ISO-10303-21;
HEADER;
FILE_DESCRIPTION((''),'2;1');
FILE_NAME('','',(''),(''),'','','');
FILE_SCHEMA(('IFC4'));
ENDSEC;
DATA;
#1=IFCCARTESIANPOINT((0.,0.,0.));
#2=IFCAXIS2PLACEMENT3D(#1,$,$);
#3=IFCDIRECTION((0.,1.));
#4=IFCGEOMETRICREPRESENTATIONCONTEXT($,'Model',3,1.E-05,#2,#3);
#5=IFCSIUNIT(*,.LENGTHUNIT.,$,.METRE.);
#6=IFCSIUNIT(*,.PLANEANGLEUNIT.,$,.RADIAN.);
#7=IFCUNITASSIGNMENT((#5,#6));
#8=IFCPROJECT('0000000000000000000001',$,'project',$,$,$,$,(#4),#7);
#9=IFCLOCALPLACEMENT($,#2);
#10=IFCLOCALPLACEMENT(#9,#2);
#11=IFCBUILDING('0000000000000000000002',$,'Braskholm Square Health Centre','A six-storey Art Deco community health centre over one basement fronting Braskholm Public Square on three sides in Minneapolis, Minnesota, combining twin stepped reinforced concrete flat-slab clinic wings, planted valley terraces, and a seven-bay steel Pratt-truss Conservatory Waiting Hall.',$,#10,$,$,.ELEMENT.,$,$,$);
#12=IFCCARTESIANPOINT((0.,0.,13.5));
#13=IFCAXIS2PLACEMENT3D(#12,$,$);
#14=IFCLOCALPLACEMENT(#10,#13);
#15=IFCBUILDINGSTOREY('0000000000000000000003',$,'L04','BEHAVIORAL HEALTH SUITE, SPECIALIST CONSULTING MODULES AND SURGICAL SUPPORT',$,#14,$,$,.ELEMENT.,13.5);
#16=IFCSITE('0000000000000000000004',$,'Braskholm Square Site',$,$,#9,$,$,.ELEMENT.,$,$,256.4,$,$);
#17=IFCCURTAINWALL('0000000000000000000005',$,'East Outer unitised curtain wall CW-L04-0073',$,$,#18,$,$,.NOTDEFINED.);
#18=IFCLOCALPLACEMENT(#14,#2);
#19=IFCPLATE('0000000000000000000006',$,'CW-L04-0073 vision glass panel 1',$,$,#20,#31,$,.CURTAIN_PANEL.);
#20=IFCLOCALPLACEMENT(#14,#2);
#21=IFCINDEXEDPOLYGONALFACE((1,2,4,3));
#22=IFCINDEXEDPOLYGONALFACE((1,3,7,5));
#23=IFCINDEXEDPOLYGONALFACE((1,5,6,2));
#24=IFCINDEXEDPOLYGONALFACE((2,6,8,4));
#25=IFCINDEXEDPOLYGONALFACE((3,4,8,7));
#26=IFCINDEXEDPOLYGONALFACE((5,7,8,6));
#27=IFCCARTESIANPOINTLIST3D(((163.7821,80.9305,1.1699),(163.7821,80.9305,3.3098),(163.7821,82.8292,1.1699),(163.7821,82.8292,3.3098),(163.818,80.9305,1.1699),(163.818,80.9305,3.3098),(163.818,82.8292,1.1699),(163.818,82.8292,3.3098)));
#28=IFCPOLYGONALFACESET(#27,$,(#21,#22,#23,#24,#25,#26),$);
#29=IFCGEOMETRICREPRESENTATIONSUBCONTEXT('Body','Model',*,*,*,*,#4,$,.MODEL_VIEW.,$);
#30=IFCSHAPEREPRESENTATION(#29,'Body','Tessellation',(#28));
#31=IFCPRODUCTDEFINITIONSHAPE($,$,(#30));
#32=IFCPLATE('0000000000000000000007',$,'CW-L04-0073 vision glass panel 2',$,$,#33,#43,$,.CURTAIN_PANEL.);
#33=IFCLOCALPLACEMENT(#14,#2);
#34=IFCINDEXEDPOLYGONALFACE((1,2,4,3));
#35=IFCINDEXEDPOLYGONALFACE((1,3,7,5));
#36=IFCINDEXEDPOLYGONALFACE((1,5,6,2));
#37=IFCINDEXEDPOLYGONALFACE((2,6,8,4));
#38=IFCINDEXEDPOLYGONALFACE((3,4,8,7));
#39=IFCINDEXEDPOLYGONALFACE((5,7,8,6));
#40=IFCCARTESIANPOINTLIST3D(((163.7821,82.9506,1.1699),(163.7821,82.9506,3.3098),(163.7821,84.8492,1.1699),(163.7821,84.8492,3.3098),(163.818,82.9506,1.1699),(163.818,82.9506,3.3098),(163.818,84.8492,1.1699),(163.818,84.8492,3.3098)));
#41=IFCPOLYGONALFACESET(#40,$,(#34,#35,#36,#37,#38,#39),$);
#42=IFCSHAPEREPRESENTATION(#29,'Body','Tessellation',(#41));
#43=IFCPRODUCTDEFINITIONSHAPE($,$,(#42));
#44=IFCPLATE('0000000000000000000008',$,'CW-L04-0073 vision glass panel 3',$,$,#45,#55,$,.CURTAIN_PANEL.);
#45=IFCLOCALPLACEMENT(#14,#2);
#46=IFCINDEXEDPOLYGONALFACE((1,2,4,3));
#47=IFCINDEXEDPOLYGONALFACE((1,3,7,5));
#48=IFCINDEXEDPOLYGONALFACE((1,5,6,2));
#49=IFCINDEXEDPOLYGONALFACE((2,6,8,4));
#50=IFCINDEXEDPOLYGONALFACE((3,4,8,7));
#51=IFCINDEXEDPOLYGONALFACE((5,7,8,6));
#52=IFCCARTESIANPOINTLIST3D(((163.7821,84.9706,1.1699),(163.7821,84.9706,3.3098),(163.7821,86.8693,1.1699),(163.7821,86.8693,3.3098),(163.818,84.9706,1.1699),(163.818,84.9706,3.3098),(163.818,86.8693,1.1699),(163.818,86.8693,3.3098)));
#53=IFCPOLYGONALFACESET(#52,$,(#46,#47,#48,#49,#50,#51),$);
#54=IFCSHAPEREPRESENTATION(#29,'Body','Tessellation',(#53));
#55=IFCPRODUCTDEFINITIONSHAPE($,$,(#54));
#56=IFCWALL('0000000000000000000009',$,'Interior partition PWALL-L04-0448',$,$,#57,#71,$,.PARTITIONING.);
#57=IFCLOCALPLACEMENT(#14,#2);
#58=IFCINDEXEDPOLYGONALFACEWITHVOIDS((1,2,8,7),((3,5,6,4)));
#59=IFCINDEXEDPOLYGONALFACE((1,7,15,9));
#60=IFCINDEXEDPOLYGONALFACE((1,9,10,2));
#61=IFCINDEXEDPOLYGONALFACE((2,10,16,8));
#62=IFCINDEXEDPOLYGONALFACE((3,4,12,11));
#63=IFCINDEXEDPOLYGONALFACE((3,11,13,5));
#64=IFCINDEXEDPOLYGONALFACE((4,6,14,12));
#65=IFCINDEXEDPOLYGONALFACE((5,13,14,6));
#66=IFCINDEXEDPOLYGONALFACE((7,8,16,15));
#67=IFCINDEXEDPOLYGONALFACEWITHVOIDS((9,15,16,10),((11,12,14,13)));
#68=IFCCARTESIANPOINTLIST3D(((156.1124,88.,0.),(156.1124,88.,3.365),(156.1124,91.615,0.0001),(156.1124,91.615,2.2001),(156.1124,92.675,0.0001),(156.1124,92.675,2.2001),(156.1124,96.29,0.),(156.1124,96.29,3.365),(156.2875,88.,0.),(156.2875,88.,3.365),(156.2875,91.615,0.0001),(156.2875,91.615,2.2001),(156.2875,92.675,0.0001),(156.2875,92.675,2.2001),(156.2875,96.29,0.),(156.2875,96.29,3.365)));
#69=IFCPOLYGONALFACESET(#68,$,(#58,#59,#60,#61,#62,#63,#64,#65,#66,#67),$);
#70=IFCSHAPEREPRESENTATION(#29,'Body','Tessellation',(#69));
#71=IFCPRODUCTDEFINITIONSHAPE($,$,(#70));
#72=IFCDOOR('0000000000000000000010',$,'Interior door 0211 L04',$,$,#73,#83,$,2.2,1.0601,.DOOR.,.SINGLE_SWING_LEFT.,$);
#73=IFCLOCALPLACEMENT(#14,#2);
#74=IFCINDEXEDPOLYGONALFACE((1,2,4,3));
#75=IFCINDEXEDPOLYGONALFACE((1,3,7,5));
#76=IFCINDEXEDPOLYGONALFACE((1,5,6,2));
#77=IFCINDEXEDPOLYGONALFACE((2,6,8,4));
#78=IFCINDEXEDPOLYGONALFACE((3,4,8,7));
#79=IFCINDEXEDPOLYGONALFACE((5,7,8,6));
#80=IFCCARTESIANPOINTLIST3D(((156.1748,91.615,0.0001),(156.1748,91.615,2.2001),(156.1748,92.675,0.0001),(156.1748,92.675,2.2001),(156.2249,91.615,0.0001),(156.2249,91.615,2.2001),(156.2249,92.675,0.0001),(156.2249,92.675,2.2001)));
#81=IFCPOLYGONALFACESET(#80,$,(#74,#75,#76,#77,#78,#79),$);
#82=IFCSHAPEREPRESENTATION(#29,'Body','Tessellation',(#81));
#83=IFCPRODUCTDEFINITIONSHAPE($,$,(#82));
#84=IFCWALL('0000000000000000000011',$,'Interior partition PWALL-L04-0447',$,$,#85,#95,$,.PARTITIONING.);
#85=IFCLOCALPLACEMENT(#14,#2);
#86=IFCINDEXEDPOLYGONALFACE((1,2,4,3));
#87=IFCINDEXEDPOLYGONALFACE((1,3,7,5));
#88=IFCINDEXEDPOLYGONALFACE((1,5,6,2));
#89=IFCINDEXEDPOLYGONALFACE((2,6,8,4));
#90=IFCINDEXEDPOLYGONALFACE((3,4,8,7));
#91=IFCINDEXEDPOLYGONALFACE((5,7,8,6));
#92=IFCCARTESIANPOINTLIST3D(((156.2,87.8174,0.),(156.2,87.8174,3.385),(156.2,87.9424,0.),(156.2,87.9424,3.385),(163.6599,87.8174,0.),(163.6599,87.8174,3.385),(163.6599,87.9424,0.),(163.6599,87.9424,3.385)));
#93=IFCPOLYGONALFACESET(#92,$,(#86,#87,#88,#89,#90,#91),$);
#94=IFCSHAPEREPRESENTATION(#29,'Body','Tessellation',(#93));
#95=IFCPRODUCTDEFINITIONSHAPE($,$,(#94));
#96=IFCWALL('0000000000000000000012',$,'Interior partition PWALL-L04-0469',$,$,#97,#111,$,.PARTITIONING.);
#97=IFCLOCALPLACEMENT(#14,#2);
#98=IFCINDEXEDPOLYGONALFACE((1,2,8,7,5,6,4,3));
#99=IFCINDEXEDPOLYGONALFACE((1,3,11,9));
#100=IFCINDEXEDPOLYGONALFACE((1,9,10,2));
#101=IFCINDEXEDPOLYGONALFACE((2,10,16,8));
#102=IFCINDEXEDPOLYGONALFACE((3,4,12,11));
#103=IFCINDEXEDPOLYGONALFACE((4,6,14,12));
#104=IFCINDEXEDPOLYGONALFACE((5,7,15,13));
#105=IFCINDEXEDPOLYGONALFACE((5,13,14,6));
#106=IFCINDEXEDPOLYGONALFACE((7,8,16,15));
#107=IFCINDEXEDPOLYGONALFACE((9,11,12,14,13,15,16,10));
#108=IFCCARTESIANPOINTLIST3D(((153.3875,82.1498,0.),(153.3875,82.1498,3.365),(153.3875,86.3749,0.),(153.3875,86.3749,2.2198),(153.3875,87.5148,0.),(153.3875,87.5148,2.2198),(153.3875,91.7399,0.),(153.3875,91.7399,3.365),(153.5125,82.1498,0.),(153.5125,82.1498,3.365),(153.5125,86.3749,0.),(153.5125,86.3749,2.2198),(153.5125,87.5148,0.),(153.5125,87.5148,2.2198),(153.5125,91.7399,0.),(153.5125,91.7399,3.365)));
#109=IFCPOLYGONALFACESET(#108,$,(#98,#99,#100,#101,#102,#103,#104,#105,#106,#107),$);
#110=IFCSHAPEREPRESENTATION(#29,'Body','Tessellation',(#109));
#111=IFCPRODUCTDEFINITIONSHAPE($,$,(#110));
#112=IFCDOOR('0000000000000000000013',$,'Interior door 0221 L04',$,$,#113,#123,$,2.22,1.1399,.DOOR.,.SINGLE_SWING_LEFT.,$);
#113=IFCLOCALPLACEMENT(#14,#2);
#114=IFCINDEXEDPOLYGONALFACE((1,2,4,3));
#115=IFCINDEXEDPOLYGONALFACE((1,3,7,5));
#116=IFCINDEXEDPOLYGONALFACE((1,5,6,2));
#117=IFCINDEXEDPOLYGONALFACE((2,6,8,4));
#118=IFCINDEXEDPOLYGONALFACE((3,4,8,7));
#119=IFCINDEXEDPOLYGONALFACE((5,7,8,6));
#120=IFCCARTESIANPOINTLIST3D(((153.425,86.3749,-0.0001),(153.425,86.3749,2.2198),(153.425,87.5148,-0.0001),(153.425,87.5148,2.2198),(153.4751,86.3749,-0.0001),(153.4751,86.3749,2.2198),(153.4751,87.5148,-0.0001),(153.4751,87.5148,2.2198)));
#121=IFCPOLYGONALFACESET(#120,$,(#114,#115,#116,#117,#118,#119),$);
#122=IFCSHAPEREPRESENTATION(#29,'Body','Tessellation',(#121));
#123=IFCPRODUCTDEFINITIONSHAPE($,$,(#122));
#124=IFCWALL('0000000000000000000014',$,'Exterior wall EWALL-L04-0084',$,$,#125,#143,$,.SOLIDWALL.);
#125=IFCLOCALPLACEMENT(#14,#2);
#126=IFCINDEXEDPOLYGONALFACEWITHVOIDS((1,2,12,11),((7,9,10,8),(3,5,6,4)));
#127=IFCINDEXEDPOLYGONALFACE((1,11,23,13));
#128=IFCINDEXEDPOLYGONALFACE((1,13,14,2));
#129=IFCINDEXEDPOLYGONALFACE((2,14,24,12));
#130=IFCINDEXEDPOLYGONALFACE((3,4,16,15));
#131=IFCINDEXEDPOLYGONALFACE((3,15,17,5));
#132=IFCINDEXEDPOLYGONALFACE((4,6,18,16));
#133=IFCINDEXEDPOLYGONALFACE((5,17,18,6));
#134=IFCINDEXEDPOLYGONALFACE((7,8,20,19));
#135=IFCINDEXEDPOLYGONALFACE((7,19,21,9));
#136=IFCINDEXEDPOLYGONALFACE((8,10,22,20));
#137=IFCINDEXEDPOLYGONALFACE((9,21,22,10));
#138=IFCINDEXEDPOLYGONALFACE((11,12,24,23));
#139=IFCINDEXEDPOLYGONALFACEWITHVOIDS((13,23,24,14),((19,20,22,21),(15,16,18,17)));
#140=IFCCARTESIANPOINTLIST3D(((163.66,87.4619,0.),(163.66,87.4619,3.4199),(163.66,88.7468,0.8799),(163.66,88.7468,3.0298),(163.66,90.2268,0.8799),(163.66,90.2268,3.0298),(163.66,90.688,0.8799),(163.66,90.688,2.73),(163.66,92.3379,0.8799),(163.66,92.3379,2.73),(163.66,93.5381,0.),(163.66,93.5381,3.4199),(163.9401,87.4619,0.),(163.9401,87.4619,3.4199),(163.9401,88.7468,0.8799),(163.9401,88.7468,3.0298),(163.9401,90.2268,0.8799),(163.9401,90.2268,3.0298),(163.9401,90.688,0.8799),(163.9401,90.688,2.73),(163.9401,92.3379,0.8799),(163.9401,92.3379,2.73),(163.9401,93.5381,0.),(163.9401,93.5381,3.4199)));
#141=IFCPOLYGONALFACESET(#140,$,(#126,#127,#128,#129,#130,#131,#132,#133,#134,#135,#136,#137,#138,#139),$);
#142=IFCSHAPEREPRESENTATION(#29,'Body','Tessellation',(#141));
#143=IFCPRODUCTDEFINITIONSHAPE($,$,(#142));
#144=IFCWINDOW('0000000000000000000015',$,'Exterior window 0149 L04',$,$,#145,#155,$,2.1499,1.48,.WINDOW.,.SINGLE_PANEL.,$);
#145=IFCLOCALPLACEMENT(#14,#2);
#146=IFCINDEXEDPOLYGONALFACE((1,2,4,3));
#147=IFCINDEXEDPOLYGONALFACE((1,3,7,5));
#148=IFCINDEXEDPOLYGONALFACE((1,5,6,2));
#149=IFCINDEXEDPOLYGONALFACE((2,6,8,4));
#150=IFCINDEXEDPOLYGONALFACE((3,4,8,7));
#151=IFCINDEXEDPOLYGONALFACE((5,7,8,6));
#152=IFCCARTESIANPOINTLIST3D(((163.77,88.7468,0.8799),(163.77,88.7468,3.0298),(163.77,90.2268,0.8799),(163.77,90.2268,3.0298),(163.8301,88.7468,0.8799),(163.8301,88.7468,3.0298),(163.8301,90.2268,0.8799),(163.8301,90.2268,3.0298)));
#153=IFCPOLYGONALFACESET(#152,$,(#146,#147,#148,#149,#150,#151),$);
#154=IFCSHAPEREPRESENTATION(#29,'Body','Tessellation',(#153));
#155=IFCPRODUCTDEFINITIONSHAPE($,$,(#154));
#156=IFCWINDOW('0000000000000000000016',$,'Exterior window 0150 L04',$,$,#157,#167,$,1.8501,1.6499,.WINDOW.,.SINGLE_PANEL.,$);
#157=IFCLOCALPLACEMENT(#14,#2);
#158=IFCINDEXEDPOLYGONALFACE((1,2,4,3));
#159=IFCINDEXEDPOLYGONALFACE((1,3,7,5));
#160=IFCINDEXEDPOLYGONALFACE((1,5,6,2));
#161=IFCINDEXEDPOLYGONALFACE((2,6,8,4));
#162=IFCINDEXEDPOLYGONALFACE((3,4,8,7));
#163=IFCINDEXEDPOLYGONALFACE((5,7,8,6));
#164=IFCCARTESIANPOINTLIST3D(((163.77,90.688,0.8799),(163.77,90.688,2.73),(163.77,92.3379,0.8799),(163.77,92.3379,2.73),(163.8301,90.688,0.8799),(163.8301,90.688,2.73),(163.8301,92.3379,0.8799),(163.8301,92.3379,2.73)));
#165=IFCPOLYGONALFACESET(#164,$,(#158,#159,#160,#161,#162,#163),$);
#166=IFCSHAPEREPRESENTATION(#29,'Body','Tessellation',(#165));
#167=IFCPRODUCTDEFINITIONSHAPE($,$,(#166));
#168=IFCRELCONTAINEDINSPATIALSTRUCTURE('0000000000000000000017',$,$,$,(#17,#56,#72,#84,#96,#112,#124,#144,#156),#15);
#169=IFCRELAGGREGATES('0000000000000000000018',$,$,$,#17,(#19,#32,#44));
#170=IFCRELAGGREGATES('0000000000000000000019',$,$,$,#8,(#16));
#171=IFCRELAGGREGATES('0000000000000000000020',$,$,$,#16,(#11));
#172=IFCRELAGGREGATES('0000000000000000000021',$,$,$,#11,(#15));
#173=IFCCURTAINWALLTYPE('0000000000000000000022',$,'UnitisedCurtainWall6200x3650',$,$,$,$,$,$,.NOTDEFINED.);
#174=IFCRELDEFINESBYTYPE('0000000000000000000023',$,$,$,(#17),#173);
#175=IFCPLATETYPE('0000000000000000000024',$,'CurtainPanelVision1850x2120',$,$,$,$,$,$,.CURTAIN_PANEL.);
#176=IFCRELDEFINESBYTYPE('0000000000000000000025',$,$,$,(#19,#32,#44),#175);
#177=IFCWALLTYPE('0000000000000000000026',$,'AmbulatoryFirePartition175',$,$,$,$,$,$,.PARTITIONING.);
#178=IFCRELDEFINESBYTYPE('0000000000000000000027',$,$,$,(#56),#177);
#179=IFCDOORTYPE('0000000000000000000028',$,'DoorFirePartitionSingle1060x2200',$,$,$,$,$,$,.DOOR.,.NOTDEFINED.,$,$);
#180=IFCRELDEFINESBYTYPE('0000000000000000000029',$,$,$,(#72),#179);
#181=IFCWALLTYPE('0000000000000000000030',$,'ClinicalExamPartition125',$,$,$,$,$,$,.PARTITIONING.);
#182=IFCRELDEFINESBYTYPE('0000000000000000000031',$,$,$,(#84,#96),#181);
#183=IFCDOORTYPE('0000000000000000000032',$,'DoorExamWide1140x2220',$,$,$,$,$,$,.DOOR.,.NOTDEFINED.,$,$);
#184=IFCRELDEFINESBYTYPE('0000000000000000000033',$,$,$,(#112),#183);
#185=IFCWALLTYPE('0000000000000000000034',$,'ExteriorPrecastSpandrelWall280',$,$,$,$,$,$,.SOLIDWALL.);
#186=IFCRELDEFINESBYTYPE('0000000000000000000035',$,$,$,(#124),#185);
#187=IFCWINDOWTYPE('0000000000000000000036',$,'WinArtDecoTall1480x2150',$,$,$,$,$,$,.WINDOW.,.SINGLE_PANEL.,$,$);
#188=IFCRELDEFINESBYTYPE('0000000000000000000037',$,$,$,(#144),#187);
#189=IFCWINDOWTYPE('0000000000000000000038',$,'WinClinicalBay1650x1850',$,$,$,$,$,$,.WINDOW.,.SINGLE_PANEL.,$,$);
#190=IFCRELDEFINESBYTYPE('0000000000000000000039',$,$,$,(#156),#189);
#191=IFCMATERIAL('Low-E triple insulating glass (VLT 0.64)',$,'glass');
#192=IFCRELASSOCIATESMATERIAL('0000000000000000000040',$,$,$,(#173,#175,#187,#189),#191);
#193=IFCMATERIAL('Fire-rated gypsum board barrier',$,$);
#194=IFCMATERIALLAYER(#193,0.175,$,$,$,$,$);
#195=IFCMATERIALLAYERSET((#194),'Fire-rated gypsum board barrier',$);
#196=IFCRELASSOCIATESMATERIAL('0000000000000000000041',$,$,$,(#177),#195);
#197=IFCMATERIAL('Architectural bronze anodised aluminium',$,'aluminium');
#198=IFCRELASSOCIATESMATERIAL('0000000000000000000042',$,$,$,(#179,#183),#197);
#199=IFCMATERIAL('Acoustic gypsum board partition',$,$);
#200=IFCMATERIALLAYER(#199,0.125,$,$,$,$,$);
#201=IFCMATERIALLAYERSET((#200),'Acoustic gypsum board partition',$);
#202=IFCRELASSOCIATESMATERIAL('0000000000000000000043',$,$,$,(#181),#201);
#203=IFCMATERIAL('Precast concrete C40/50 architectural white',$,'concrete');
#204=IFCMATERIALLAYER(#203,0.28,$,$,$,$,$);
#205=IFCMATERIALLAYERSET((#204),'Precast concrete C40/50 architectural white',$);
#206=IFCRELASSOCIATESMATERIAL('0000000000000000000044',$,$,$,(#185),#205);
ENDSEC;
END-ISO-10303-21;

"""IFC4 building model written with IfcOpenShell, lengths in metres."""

from ifc_helpers import new_model, si_unit, direction, frame, frame_2d, origin, origin_with_axes, origin_2d, place, context, subcontext, project, spatial, rectangle, extrude, material, layer, layer_set, type_object, element, fill, aggregate, save


model = new_model("IFC4")

# Units and contexts
model_context = context("Model", 3, precision=1e-05, world=origin(), true_north=direction((0.0, 1.0)))
body_context = subcontext(model_context, "Body", "Model", "MODEL_VIEW")
ifc_project = project(units=[si_unit("LENGTHUNIT", "METRE"), si_unit("PLANEANGLEUNIT", "RADIAN")], contexts=[model_context])

# Site, building, storey
site_placement = place(None, origin())
site = spatial("IfcSite", under=ifc_project, at=site_placement, Name="Braskholm Square Site", CompositionType="ELEMENT", RefElevation=256.4)
building_placement = place(site_placement, origin())
building = spatial("IfcBuilding", under=site, at=building_placement, Name="Braskholm Square Health Centre", Description="A six-storey Art Deco community health centre over one basement fronting Braskholm Public Square on three sides in Minneapolis, Minnesota, combining twin stepped reinforced concrete flat-slab clinic wings, planted valley terraces, and a seven-bay steel Pratt-truss Conservatory Waiting Hall.", CompositionType="ELEMENT")
storey_placement = place(building_placement, frame((0.0, 0.0, 13.5)))
storey = spatial("IfcBuildingStorey", under=building, at=storey_placement, Name="L04", Description="BEHAVIORAL HEALTH SUITE, SPECIALIST CONSULTING MODULES AND SURGICAL SUPPORT", CompositionType="ELEMENT", Elevation=13.5)

# Shared definitions
ifc_material_1 = material(Name="Precast concrete C40/50 architectural white", Category="concrete")

# Curtain wall
ifc_material_2 = material(Name="Low-E triple insulating glass (VLT 0.64)", Category="glass")
curtain_wall_type = type_object("IfcCurtainWallType", Name="UnitisedCurtainWall6200x3650", PredefinedType="NOTDEFINED", material=ifc_material_2)
curtain_wall_placement = place(storey_placement, origin())
curtain_wall = element("IfcCurtainWall", 1, at=curtain_wall_placement, inside=storey, type_object=curtain_wall_type, Name="East Outer unitised curtain wall CW-L04-0073", PredefinedType="NOTDEFINED")
ifc_material_3 = material(Name="Architectural bronze anodised aluminium", Category="aluminium")

# Plates
plate_type_1 = type_object("IfcPlateType", Name="CurtainPanelVision1850x2120", PredefinedType="CURTAIN_PANEL", material=ifc_material_2)
plate_1_placement = place(storey_placement, frame((163.8, 81.8799, 1.1699), z_axis=(0.0, 0.0, 1.0), x_axis=(0.0, 1.0, 0.0)))
plate_1 = element("IfcPlate", 2, at=plate_1_placement, type_object=plate_type_1, Name="CW-L04-0073 vision glass panel 1", PredefinedType="CURTAIN_PANEL", context=body_context, shape_type="SweptSolid", body=[
    extrude(rectangle(XDim=1.8987, YDim=0.0359, at=origin_2d()), origin(), (0.0, 0.0, 1.0), 2.1399),
])
plate_2_placement = place(storey_placement, frame((163.8, 83.8999, 1.1699), z_axis=(0.0, 0.0, 1.0), x_axis=(0.0, 1.0, 0.0)))
plate_2 = element("IfcPlate", 3, at=plate_2_placement, type_object=plate_type_1, Name="CW-L04-0073 vision glass panel 2", PredefinedType="CURTAIN_PANEL", context=body_context, shape_type="SweptSolid", body=[
    extrude(rectangle(XDim=1.8987, YDim=0.0359, at=origin_2d()), origin(), (0.0, 0.0, 1.0), 2.1399),
])
plate_3_placement = place(storey_placement, frame((163.8, 85.9199, 1.1699), z_axis=(0.0, 0.0, 1.0), x_axis=(0.0, 1.0, 0.0)))
plate_3 = element("IfcPlate", 4, at=plate_3_placement, type_object=plate_type_1, Name="CW-L04-0073 vision glass panel 3", PredefinedType="CURTAIN_PANEL", context=body_context, shape_type="SweptSolid", body=[
    extrude(rectangle(XDim=1.8987, YDim=0.0359, at=origin_2d()), origin(), (0.0, 0.0, 1.0), 2.1399),
])
aggregate(curtain_wall, [plate_1, plate_2, plate_3])

# Wall, opening, door
ifc_material_4 = material(Name="Fire-rated gypsum board barrier")
ifc_layer_1 = layer(ifc_material_4, 0.175)
ifc_layer_set_1 = layer_set([ifc_layer_1], Name="Fire-rated gypsum board barrier")
wall_type_1 = type_object("IfcWallType", Name="AmbulatoryFirePartition175", PredefinedType="PARTITIONING", material=ifc_layer_set_1)
wall_1_placement = place(storey_placement, frame((156.2, 88.0, 0.0), z_axis=(0.0, 0.0, 1.0), x_axis=(0.0, 1.0, 0.0)))
wall_1 = element("IfcWall", 5, at=wall_1_placement, inside=storey, type_object=wall_type_1, Name="Interior partition PWALL-L04-0448", PredefinedType="PARTITIONING", context=body_context, shape_type="SweptSolid", body=[
    extrude(rectangle(XDim=8.29, YDim=0.175, at=frame_2d((4.145, 0.0))), origin(), (0.0, 0.0, 1.0), 3.365),
])
opening_1_placement = place(wall_1_placement, frame((3.615, 0.0, 0.0)))
opening_1 = element("IfcOpeningElement", 6, at=opening_1_placement, cuts=wall_1, PredefinedType="OPENING", context=body_context, shape_type="SweptSolid", body=[
    extrude(rectangle(XDim=1.0601, YDim=2.2, at=frame_2d((0.53, 1.1001))), frame((0.0, 0.0977, 0.0), z_axis=(0.0, -1.0, 0.0), x_axis=(1.0, 0.0, 0.0)), (0.0, 0.0, 1.0), 0.1951),
])
door_type_1 = type_object("IfcDoorType", Name="DoorFirePartitionSingle1060x2200", OperationType="NOTDEFINED", PredefinedType="DOOR", material=ifc_material_3)
door_1_placement = place(opening_1_placement, frame((1.0601, 0.0, 0.0), z_axis=(0.0, 0.0, 1.0), x_axis=(-1.0, 0.0, 0.0)))
door_1 = element("IfcDoor", 7, at=door_1_placement, inside=storey, type_object=door_type_1, Name="Interior door 0211 L04", OperationType="SINGLE_SWING_LEFT", OverallHeight=2.2, OverallWidth=1.0601, PredefinedType="DOOR", context=body_context, shape_type="SweptSolid", body=[
    extrude(rectangle(XDim=1.0601, YDim=2.2, at=frame_2d((0.53, 1.1001))), frame((0.0, 0.0249, 0.0), z_axis=(0.0, -1.0, 0.0), x_axis=(1.0, 0.0, 0.0)), (0.0, 0.0, 1.0), 0.05),
])
fill(opening_1, door_1)

# Wall
ifc_material_5 = material(Name="Acoustic gypsum board partition")
ifc_layer_2 = layer(ifc_material_5, 0.125)
ifc_layer_set_2 = layer_set([ifc_layer_2], Name="Acoustic gypsum board partition")
wall_type_2 = type_object("IfcWallType", Name="ClinicalExamPartition125", PredefinedType="PARTITIONING", material=ifc_layer_set_2)
wall_2_placement = place(storey_placement, frame((156.2, 87.8799, 0.0), z_axis=(0.0, 0.0, 1.0), x_axis=(1.0, 0.0, 0.0)))
element("IfcWall", 8, at=wall_2_placement, inside=storey, type_object=wall_type_2, Name="Interior partition PWALL-L04-0447", PredefinedType="PARTITIONING", context=body_context, shape_type="SweptSolid", body=[
    extrude(rectangle(XDim=7.46, YDim=0.125, at=frame_2d((3.73, 0.0))), origin(), (0.0, 0.0, 1.0), 3.385),
])

# Wall, opening, door
wall_3_placement = place(storey_placement, frame((153.45, 82.1499, 0.0), z_axis=(0.0, 0.0, 1.0), x_axis=(0.0, 1.0, 0.0)))
wall_3 = element("IfcWall", 9, at=wall_3_placement, inside=storey, type_object=wall_type_2, Name="Interior partition PWALL-L04-0469", PredefinedType="PARTITIONING", context=body_context, shape_type="SweptSolid", body=[
    extrude(rectangle(XDim=9.5901, YDim=0.125, at=frame_2d((4.7949, 0.0))), origin(), (0.0, 0.0, 1.0), 3.365),
])
opening_2_placement = place(wall_3_placement, frame((4.2251, 0.0, 0.0)))
opening_2 = element("IfcOpeningElement", 10, at=opening_2_placement, cuts=wall_3, PredefinedType="OPENING", context=body_context, shape_type="SweptSolid", body=[
    extrude(rectangle(XDim=1.1399, YDim=2.22, at=frame_2d((0.5698, 1.1099))), frame((0.0, 0.0725, 0.0), z_axis=(0.0, -1.0, 0.0), x_axis=(1.0, 0.0, 0.0)), (0.0, 0.0, 1.0), 0.145),
])
door_type_2 = type_object("IfcDoorType", Name="DoorExamWide1140x2220", OperationType="NOTDEFINED", PredefinedType="DOOR", material=ifc_material_3)
door_2_placement = place(opening_2_placement, origin_with_axes())
door_2 = element("IfcDoor", 11, at=door_2_placement, inside=storey, type_object=door_type_2, Name="Interior door 0221 L04", OperationType="SINGLE_SWING_LEFT", OverallHeight=2.22, OverallWidth=1.1399, PredefinedType="DOOR", context=body_context, shape_type="SweptSolid", body=[
    extrude(rectangle(XDim=1.1399, YDim=2.22, at=frame_2d((0.5698, 1.1099))), frame((0.0, 0.0249, 0.0), z_axis=(0.0, -1.0, 0.0), x_axis=(1.0, 0.0, 0.0)), (0.0, 0.0, 1.0), 0.05),
])
fill(opening_2, door_2)

# Wall, openings, windows
ifc_layer_3 = layer(ifc_material_1, 0.28)
ifc_layer_set_3 = layer_set([ifc_layer_3], Name="Precast concrete C40/50 architectural white")
wall_type_3 = type_object("IfcWallType", Name="ExteriorPrecastSpandrelWall280", PredefinedType="SOLIDWALL", material=ifc_layer_set_3)
wall_4_placement = place(storey_placement, frame((163.8, 87.4619, 0.0), z_axis=(0.0, 0.0, 1.0), x_axis=(0.0, 1.0, 0.0)))
wall_4 = element("IfcWall", 12, at=wall_4_placement, inside=storey, type_object=wall_type_3, Name="Exterior wall EWALL-L04-0084", PredefinedType="SOLIDWALL", context=body_context, shape_type="SweptSolid", body=[
    extrude(rectangle(XDim=6.0762, YDim=0.28, at=frame_2d((3.0381, 0.0))), origin(), (0.0, 0.0, 1.0), 3.4199),
])
opening_3_placement = place(wall_4_placement, frame((1.2849, 0.0, 0.8799)))
opening_3 = element("IfcOpeningElement", 13, at=opening_3_placement, cuts=wall_4, PredefinedType="OPENING", context=body_context, shape_type="SweptSolid", body=[
    extrude(rectangle(XDim=1.48, YDim=2.1499, at=frame_2d((0.74, 1.075))), frame((0.0, 0.1499, 0.0), z_axis=(0.0, -1.0, 0.0), x_axis=(1.0, 0.0, 0.0)), (0.0, 0.0, 1.0), 0.3),
])
opening_4_placement = place(wall_4_placement, frame((3.2261, 0.0, 0.8799)))
opening_4 = element("IfcOpeningElement", 14, at=opening_4_placement, cuts=wall_4, PredefinedType="OPENING", context=body_context, shape_type="SweptSolid", body=[
    extrude(rectangle(XDim=1.6499, YDim=1.8501, at=frame_2d((0.825, 0.925))), frame((0.0, 0.1499, 0.0), z_axis=(0.0, -1.0, 0.0), x_axis=(1.0, 0.0, 0.0)), (0.0, 0.0, 1.0), 0.3),
])
window_type_1 = type_object("IfcWindowType", Name="WinArtDecoTall1480x2150", PartitioningType="SINGLE_PANEL", PredefinedType="WINDOW", material=ifc_material_2)
window_1_placement = place(opening_3_placement, origin_with_axes())
window_1 = element("IfcWindow", 15, at=window_1_placement, inside=storey, type_object=window_type_1, Name="Exterior window 0149 L04", OverallHeight=2.1499, OverallWidth=1.48, PartitioningType="SINGLE_PANEL", PredefinedType="WINDOW", context=body_context, shape_type="SweptSolid", body=[
    extrude(rectangle(XDim=1.48, YDim=2.1499, at=frame_2d((0.74, 1.075))), frame((0.0, 0.03, 0.0), z_axis=(0.0, -1.0, 0.0), x_axis=(1.0, 0.0, 0.0)), (0.0, 0.0, 1.0), 0.0601),
])
fill(opening_3, window_1)
window_type_2 = type_object("IfcWindowType", Name="WinClinicalBay1650x1850", PartitioningType="SINGLE_PANEL", PredefinedType="WINDOW", material=ifc_material_2)
window_2_placement = place(opening_4_placement, origin_with_axes())
window_2 = element("IfcWindow", 16, at=window_2_placement, inside=storey, type_object=window_type_2, Name="Exterior window 0150 L04", OverallHeight=1.8501, OverallWidth=1.6499, PartitioningType="SINGLE_PANEL", PredefinedType="WINDOW", context=body_context, shape_type="SweptSolid", body=[
    extrude(rectangle(XDim=1.6499, YDim=1.8501, at=frame_2d((0.825, 0.925))), frame((0.0, 0.03, 0.0), z_axis=(0.0, -1.0, 0.0), x_axis=(1.0, 0.0, 0.0)), (0.0, 0.0, 1.0), 0.0601),
])
fill(opening_4, window_2)

save(model, "model.ifc")
